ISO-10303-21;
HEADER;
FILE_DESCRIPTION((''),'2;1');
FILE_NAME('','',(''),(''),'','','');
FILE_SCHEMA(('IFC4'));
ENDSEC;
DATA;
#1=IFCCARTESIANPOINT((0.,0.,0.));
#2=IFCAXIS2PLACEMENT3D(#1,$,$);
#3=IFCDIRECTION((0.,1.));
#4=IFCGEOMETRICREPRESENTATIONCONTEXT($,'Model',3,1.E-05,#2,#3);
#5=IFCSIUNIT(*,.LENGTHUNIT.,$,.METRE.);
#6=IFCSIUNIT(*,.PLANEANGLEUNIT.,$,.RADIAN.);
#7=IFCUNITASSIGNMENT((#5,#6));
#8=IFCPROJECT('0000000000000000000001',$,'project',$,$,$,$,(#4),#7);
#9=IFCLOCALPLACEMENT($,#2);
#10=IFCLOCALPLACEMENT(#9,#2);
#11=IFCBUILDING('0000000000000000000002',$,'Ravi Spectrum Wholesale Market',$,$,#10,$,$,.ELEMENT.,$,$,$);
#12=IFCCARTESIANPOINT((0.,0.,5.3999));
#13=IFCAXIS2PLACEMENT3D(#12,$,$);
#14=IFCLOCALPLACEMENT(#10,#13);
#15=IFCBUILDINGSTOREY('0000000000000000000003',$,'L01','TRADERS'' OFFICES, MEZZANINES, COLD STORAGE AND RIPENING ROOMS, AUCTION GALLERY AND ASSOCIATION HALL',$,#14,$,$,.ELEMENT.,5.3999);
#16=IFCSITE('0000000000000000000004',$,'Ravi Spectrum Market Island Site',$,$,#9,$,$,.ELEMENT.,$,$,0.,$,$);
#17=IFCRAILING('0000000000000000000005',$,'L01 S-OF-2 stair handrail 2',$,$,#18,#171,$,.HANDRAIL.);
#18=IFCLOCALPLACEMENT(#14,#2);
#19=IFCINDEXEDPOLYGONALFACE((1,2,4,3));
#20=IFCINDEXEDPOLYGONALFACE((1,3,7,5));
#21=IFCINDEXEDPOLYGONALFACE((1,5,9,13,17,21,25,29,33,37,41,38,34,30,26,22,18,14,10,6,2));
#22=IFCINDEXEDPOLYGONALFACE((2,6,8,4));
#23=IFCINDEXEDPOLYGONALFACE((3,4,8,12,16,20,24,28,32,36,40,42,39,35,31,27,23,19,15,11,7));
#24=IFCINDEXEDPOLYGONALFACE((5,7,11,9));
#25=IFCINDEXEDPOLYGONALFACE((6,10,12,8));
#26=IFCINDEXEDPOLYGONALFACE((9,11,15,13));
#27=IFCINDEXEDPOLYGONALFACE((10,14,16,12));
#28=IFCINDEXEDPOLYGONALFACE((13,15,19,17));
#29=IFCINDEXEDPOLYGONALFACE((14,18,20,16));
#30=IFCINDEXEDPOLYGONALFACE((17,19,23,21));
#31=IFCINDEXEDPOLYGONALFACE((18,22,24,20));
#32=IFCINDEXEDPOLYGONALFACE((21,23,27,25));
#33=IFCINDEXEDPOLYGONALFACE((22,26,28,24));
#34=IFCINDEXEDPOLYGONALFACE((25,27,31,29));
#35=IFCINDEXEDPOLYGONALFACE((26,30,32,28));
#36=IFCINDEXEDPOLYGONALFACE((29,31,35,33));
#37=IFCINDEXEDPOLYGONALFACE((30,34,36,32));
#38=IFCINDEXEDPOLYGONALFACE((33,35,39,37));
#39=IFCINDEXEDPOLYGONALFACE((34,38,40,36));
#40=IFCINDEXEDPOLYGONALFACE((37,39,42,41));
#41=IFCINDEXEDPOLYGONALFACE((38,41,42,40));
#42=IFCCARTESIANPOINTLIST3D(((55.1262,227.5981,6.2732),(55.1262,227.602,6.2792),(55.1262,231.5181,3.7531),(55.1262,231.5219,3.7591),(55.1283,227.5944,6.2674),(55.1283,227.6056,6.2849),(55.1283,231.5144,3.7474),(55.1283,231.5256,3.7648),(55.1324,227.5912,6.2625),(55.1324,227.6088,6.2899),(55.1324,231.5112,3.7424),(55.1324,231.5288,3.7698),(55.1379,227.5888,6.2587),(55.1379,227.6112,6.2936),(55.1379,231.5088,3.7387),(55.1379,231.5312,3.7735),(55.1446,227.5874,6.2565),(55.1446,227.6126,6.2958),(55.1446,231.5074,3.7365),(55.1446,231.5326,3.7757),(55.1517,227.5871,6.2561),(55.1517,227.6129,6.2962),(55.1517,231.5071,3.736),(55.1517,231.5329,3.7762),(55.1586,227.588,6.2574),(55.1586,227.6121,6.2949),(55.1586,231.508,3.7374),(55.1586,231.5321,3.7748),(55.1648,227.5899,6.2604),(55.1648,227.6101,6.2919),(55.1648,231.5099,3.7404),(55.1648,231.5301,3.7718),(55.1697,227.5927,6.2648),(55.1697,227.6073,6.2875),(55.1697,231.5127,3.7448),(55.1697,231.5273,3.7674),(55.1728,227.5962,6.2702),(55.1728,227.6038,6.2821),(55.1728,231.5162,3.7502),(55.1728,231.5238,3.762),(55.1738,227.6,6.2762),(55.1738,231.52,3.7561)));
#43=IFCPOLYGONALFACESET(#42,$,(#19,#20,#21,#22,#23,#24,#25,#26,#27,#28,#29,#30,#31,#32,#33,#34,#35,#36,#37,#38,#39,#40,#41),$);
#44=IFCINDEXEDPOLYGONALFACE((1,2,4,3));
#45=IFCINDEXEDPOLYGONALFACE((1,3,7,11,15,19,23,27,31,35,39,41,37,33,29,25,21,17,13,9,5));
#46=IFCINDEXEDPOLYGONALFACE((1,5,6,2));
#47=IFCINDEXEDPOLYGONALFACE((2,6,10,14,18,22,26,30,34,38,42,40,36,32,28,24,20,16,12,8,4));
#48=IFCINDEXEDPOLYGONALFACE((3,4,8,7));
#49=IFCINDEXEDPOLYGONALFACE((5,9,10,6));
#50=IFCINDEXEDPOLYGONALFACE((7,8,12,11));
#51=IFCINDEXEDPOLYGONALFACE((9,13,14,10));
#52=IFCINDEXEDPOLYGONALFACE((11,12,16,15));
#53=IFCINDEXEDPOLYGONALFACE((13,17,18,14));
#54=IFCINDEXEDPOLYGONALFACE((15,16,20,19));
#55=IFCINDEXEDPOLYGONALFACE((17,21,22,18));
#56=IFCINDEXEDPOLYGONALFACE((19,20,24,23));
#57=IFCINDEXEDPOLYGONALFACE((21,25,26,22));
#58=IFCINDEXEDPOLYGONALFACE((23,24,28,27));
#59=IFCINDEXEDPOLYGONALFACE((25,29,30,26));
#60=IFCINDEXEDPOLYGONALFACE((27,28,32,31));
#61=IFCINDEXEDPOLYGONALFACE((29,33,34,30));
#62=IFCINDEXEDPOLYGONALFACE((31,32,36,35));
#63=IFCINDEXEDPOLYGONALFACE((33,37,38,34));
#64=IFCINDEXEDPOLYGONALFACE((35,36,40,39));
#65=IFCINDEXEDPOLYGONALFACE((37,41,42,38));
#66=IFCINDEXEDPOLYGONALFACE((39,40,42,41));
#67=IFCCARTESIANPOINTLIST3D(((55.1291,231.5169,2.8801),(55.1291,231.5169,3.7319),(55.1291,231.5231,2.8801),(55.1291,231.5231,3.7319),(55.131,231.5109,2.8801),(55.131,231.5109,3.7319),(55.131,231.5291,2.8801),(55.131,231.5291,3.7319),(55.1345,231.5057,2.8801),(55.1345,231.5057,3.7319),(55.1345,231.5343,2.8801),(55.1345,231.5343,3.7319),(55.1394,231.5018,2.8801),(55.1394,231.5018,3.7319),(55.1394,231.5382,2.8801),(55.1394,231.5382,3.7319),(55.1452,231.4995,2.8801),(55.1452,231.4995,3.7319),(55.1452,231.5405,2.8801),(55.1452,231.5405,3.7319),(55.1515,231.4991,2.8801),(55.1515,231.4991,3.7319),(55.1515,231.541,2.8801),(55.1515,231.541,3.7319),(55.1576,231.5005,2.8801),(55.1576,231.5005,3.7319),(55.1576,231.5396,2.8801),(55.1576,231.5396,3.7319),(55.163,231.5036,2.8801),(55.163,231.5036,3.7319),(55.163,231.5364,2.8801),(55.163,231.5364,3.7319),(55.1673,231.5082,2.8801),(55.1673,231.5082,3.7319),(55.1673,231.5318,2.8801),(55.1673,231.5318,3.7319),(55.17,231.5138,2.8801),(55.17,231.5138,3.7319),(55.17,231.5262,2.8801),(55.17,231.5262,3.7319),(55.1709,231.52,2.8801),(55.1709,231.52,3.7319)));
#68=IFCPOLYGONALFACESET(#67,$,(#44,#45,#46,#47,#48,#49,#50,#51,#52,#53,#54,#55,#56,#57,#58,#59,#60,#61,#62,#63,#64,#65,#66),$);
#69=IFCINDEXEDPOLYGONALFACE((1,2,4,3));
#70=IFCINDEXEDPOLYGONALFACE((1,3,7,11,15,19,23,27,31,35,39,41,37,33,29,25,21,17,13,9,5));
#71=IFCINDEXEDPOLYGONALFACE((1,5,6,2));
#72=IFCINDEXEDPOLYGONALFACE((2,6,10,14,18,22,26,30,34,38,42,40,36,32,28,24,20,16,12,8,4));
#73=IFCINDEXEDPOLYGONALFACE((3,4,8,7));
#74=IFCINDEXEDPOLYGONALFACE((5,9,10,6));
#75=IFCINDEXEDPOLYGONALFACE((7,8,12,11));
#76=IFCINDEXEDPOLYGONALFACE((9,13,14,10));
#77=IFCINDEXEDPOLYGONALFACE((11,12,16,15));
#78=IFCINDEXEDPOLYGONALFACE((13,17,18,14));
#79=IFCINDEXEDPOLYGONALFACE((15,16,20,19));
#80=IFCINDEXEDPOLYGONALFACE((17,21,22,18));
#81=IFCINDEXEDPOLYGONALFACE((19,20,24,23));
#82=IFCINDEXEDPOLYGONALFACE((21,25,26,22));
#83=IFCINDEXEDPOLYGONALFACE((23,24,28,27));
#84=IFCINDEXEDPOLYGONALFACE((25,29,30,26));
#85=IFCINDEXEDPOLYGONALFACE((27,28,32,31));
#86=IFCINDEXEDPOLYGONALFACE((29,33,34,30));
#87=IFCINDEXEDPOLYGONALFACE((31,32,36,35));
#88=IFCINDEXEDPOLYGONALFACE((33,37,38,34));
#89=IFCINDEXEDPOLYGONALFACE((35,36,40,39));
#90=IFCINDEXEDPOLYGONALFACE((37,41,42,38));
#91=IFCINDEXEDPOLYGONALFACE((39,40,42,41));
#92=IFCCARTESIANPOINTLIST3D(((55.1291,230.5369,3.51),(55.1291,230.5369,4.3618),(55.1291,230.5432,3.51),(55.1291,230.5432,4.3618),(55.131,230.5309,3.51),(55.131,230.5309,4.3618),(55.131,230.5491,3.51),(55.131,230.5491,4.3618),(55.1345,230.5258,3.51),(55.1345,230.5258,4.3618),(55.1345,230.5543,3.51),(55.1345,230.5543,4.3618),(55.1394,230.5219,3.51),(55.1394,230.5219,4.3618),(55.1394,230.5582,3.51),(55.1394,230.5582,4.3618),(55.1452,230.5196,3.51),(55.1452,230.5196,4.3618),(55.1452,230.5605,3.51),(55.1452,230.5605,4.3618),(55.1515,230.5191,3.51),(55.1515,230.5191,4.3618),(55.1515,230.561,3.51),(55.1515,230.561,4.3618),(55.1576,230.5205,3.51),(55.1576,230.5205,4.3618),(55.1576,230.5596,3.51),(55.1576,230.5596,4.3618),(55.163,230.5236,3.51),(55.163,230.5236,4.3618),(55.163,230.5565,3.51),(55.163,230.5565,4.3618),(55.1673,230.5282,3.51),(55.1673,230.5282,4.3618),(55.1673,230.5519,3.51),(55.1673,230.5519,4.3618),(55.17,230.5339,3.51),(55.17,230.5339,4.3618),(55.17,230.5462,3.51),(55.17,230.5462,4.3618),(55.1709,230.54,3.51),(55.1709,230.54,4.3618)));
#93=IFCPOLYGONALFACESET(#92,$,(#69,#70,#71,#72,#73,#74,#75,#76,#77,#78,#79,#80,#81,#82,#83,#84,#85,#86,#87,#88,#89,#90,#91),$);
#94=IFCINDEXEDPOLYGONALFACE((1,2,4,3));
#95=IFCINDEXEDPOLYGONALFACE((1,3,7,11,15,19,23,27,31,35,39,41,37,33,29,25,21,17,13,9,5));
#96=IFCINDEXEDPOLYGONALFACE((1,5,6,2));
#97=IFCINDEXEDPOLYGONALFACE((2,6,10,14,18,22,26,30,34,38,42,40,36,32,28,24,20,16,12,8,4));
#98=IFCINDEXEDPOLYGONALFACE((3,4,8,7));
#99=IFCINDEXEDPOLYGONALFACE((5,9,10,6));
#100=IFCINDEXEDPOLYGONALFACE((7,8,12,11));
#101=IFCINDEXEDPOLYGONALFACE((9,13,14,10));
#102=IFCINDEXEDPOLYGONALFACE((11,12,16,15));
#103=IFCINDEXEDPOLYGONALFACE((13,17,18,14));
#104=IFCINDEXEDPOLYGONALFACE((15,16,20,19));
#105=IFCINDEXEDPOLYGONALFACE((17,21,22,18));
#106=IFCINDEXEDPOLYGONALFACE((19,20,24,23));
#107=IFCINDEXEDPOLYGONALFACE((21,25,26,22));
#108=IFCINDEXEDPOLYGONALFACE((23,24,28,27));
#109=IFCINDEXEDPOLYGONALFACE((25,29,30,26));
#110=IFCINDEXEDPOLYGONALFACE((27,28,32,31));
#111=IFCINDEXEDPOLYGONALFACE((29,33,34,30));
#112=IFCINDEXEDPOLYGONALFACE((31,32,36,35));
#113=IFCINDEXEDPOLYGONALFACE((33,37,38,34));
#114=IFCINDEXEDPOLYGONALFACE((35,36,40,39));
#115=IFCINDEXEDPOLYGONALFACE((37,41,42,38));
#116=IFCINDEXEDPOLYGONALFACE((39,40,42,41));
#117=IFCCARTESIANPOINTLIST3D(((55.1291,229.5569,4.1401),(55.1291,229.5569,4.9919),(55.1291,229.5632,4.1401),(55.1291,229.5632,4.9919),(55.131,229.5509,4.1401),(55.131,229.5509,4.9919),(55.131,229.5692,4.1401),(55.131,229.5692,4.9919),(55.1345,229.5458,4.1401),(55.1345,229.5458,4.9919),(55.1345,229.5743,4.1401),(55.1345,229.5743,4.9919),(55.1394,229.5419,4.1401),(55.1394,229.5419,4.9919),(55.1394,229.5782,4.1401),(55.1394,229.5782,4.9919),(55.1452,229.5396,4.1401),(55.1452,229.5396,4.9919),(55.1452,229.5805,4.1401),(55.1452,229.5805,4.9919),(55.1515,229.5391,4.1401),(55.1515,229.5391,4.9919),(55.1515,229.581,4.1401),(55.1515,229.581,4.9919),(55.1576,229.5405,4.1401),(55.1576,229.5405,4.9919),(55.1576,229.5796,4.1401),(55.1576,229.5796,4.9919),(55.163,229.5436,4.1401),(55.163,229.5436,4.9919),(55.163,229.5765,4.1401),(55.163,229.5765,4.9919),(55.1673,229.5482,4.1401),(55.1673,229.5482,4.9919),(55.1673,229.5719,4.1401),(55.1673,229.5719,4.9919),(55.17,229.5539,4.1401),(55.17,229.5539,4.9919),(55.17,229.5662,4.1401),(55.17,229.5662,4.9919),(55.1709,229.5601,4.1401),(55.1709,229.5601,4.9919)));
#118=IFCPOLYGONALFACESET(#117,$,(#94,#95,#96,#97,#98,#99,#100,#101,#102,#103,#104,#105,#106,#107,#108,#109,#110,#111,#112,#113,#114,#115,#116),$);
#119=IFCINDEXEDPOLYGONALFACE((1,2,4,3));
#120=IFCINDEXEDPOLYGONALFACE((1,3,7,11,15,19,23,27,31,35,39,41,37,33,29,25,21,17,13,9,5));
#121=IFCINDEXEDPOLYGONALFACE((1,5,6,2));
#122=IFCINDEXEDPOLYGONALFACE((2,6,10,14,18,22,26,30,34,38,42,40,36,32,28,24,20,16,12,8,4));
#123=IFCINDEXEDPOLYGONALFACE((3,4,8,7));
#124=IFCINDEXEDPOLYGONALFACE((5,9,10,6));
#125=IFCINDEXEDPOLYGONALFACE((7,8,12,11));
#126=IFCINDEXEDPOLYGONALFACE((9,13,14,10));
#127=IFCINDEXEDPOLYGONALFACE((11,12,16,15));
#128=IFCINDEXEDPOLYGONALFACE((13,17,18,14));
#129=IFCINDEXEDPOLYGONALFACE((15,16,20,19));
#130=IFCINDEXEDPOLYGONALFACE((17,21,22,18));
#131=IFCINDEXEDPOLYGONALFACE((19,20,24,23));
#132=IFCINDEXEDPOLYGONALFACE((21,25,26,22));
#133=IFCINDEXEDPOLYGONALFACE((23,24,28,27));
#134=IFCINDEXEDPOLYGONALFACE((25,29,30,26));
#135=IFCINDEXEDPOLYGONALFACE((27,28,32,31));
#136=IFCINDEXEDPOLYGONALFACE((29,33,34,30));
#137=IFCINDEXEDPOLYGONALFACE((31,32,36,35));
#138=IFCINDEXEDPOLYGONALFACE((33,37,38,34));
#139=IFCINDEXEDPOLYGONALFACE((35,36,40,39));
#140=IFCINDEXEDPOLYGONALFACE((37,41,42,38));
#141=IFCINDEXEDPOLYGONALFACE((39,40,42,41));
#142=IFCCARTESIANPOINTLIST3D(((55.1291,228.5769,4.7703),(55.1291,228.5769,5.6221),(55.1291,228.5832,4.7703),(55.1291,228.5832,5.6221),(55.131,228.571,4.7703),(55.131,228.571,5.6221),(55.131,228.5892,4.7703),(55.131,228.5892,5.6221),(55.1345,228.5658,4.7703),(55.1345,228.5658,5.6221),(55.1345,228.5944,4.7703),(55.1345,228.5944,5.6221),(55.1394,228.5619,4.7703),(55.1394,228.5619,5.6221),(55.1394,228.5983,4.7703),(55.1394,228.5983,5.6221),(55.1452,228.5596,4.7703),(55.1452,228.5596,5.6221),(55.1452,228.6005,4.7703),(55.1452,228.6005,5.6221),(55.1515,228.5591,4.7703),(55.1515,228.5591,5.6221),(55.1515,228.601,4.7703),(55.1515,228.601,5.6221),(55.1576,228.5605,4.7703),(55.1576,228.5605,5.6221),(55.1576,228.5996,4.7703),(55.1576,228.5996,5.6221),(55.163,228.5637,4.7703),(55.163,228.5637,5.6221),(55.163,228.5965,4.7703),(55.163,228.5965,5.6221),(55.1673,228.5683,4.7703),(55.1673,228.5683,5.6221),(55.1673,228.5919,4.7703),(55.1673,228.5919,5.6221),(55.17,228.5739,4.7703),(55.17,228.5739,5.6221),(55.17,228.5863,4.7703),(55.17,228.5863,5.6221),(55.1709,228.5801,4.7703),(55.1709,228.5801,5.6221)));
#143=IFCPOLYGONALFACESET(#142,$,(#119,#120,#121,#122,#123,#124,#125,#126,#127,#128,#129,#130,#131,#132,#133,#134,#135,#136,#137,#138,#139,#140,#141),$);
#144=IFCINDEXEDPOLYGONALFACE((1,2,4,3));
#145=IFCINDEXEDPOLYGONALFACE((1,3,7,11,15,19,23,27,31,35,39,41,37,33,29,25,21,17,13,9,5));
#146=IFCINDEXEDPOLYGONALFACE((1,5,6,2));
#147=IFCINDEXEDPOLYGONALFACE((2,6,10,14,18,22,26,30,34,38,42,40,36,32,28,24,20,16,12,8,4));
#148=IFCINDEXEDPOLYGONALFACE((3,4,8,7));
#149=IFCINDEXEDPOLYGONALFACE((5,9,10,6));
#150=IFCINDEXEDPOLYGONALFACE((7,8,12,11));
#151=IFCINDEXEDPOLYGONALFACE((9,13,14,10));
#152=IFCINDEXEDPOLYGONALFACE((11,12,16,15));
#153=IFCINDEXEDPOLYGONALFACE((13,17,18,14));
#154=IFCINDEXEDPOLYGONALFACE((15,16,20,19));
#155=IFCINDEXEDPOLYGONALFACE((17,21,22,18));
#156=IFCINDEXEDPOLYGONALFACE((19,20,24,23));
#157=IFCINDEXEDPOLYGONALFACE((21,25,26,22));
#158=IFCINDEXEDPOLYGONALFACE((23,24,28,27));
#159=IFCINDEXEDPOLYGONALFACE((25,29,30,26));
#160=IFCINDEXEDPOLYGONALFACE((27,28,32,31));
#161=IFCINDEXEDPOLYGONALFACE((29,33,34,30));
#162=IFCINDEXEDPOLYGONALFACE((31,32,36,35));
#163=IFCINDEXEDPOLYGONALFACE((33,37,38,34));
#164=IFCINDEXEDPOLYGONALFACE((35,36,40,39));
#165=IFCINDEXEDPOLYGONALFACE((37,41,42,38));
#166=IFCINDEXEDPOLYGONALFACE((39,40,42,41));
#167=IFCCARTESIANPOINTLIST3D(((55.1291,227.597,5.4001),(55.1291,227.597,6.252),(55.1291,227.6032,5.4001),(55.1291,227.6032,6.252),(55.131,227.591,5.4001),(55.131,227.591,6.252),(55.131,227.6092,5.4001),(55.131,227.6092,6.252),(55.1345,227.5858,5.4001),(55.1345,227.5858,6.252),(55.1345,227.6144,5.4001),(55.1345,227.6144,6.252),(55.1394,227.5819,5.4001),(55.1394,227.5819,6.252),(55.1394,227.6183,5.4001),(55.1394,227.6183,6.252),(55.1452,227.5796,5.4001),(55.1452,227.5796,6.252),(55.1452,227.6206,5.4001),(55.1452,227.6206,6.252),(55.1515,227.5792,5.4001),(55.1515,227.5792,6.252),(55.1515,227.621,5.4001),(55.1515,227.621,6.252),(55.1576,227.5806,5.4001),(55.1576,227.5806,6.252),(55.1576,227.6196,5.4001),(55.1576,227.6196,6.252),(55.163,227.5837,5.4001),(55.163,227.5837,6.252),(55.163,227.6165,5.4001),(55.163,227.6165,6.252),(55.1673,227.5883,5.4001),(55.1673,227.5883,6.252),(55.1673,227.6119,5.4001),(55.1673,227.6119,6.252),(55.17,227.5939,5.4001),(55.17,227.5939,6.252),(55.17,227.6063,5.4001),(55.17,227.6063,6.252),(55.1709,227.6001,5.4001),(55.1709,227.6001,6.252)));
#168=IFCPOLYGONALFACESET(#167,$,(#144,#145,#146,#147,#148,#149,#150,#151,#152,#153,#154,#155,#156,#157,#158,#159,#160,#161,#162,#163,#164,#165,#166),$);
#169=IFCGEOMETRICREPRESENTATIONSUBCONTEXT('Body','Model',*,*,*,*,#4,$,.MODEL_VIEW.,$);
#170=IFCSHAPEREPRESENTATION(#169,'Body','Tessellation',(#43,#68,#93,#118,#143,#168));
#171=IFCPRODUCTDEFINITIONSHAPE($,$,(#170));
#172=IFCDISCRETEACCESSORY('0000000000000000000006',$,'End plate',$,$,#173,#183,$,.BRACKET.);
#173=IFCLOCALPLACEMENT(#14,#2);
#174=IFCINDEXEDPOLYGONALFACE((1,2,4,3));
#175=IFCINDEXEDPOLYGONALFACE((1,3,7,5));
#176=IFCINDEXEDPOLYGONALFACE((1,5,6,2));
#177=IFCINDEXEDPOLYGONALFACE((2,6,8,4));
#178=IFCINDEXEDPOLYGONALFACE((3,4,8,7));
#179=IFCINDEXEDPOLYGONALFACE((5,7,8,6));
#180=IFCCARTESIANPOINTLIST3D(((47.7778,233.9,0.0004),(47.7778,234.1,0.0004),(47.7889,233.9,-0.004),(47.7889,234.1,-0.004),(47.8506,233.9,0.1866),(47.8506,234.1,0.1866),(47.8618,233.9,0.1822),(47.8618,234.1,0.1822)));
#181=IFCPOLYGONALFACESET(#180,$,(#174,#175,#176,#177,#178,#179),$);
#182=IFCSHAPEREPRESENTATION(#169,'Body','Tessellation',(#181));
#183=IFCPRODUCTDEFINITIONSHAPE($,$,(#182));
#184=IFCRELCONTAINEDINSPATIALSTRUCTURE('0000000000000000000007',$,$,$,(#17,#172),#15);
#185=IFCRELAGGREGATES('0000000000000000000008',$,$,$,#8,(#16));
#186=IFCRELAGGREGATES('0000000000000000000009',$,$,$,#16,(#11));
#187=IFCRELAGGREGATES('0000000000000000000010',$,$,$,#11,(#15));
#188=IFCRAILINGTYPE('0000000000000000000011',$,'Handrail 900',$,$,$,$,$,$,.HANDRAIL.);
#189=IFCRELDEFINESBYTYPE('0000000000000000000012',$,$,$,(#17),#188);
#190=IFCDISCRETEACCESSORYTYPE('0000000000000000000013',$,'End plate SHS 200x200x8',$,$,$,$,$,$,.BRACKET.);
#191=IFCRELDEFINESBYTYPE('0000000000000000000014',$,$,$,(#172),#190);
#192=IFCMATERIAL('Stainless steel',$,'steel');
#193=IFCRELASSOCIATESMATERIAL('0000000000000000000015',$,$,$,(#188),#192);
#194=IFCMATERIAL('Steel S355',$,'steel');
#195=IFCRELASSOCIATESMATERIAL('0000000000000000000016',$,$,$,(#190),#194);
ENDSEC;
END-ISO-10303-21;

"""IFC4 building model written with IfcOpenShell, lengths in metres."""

from ifc_helpers import new_model, si_unit, direction, frame, origin, origin_2d, place, context, subcontext, project, spatial, rectangle, circle, extrude, material, material_profile, profile_set, type_object, element, save


model = new_model("IFC4")

# Units and contexts
model_context = context("Model", 3, precision=1e-05, world=origin(), true_north=direction((0.0, 1.0)))
body_context = subcontext(model_context, "Body", "Model", "MODEL_VIEW")
ifc_project = project(units=[si_unit("LENGTHUNIT", "METRE"), si_unit("PLANEANGLEUNIT", "RADIAN")], contexts=[model_context])

# Site, building, storey
site_placement = place(None, origin())
site = spatial("IfcSite", under=ifc_project, at=site_placement, Name="Ravi Spectrum Market Island Site", CompositionType="ELEMENT", RefElevation=0.0)
building_placement = place(site_placement, origin())
building = spatial("IfcBuilding", under=site, at=building_placement, Name="Ravi Spectrum Wholesale Market", CompositionType="ELEMENT")
storey_placement = place(building_placement, frame((0.0, 0.0, 5.3999)))
storey = spatial("IfcBuildingStorey", under=building, at=storey_placement, Name="L01", Description="TRADERS' OFFICES, MEZZANINES, COLD STORAGE AND RIPENING ROOMS, AUCTION GALLERY AND ASSOCIATION HALL", CompositionType="ELEMENT", Elevation=5.3999)

# Railing
ifc_material_1 = material(Name="Stainless steel", Category="steel")
railing_type = type_object("IfcRailingType", Name="Handrail 900", PredefinedType="HANDRAIL", material=ifc_material_1)
railing_placement = place(storey_placement, frame((55.1499, 231.52, 2.8801)))
element("IfcRailing", 1, at=railing_placement, inside=storey, type_object=railing_type, Name="L01 S-OF-2 stair handrail 2", PredefinedType="HANDRAIL", context=body_context, shape_type="SweptSolid", body=[
    extrude(circle(Radius=0.0239, at=origin_2d()), frame((0.0, 0.0, 0.876), z_axis=(0.0, -0.841172, 0.540768), x_axis=(1.0, 0.0, 0.0)), (0.0, 0.0, 1.0), 4.6602),
    extrude(circle(Radius=0.021, at=origin_2d()), origin(), (0.0, 0.0, 1.0), 0.8518),
    extrude(circle(Radius=0.021, at=origin_2d()), frame((0.0, -0.98, 0.6299)), (0.0, 0.0, 1.0), 0.8518),
    extrude(circle(Radius=0.021, at=origin_2d()), frame((0.0, -1.96, 1.26)), (0.0, 0.0, 1.0), 0.8518),
    extrude(circle(Radius=0.021, at=origin_2d()), frame((0.0, -2.9399, 1.8901)), (0.0, 0.0, 1.0), 0.8518),
    extrude(circle(Radius=0.021, at=origin_2d()), frame((0.0, -3.9199, 2.52)), (0.0, 0.0, 1.0), 0.8518),
])

# Discrete accessory
ifc_material_2 = material(Name="Steel S355", Category="steel")
ifc_material_profile_1 = material_profile(ifc_material_2, rectangle(XDim=0.2, YDim=0.2, at=origin_2d()))
ifc_profile_set_1 = profile_set([ifc_material_profile_1], Name="Steel S355")
discrete_accessory_type = type_object("IfcDiscreteAccessoryType", Name="End plate SHS 200x200x8", PredefinedType="BRACKET", material=ifc_profile_set_1)
discrete_accessory_placement = place(storey_placement, frame((47.8142, 234.0, 0.0935), z_axis=(0.931243, 0.0, -0.364399), x_axis=(0.0, 1.0, 0.0)))
element("IfcDiscreteAccessory", 2, at=discrete_accessory_placement, inside=storey, type_object=discrete_accessory_type, Name="End plate", PredefinedType="BRACKET", context=body_context, shape_type="SweptSolid", body=[
    extrude(rectangle(XDim=0.2, YDim=0.2, at=origin_2d()), origin(), (0.0, 0.0, 1.0), 0.012),
])

save(model, "model.ifc")
